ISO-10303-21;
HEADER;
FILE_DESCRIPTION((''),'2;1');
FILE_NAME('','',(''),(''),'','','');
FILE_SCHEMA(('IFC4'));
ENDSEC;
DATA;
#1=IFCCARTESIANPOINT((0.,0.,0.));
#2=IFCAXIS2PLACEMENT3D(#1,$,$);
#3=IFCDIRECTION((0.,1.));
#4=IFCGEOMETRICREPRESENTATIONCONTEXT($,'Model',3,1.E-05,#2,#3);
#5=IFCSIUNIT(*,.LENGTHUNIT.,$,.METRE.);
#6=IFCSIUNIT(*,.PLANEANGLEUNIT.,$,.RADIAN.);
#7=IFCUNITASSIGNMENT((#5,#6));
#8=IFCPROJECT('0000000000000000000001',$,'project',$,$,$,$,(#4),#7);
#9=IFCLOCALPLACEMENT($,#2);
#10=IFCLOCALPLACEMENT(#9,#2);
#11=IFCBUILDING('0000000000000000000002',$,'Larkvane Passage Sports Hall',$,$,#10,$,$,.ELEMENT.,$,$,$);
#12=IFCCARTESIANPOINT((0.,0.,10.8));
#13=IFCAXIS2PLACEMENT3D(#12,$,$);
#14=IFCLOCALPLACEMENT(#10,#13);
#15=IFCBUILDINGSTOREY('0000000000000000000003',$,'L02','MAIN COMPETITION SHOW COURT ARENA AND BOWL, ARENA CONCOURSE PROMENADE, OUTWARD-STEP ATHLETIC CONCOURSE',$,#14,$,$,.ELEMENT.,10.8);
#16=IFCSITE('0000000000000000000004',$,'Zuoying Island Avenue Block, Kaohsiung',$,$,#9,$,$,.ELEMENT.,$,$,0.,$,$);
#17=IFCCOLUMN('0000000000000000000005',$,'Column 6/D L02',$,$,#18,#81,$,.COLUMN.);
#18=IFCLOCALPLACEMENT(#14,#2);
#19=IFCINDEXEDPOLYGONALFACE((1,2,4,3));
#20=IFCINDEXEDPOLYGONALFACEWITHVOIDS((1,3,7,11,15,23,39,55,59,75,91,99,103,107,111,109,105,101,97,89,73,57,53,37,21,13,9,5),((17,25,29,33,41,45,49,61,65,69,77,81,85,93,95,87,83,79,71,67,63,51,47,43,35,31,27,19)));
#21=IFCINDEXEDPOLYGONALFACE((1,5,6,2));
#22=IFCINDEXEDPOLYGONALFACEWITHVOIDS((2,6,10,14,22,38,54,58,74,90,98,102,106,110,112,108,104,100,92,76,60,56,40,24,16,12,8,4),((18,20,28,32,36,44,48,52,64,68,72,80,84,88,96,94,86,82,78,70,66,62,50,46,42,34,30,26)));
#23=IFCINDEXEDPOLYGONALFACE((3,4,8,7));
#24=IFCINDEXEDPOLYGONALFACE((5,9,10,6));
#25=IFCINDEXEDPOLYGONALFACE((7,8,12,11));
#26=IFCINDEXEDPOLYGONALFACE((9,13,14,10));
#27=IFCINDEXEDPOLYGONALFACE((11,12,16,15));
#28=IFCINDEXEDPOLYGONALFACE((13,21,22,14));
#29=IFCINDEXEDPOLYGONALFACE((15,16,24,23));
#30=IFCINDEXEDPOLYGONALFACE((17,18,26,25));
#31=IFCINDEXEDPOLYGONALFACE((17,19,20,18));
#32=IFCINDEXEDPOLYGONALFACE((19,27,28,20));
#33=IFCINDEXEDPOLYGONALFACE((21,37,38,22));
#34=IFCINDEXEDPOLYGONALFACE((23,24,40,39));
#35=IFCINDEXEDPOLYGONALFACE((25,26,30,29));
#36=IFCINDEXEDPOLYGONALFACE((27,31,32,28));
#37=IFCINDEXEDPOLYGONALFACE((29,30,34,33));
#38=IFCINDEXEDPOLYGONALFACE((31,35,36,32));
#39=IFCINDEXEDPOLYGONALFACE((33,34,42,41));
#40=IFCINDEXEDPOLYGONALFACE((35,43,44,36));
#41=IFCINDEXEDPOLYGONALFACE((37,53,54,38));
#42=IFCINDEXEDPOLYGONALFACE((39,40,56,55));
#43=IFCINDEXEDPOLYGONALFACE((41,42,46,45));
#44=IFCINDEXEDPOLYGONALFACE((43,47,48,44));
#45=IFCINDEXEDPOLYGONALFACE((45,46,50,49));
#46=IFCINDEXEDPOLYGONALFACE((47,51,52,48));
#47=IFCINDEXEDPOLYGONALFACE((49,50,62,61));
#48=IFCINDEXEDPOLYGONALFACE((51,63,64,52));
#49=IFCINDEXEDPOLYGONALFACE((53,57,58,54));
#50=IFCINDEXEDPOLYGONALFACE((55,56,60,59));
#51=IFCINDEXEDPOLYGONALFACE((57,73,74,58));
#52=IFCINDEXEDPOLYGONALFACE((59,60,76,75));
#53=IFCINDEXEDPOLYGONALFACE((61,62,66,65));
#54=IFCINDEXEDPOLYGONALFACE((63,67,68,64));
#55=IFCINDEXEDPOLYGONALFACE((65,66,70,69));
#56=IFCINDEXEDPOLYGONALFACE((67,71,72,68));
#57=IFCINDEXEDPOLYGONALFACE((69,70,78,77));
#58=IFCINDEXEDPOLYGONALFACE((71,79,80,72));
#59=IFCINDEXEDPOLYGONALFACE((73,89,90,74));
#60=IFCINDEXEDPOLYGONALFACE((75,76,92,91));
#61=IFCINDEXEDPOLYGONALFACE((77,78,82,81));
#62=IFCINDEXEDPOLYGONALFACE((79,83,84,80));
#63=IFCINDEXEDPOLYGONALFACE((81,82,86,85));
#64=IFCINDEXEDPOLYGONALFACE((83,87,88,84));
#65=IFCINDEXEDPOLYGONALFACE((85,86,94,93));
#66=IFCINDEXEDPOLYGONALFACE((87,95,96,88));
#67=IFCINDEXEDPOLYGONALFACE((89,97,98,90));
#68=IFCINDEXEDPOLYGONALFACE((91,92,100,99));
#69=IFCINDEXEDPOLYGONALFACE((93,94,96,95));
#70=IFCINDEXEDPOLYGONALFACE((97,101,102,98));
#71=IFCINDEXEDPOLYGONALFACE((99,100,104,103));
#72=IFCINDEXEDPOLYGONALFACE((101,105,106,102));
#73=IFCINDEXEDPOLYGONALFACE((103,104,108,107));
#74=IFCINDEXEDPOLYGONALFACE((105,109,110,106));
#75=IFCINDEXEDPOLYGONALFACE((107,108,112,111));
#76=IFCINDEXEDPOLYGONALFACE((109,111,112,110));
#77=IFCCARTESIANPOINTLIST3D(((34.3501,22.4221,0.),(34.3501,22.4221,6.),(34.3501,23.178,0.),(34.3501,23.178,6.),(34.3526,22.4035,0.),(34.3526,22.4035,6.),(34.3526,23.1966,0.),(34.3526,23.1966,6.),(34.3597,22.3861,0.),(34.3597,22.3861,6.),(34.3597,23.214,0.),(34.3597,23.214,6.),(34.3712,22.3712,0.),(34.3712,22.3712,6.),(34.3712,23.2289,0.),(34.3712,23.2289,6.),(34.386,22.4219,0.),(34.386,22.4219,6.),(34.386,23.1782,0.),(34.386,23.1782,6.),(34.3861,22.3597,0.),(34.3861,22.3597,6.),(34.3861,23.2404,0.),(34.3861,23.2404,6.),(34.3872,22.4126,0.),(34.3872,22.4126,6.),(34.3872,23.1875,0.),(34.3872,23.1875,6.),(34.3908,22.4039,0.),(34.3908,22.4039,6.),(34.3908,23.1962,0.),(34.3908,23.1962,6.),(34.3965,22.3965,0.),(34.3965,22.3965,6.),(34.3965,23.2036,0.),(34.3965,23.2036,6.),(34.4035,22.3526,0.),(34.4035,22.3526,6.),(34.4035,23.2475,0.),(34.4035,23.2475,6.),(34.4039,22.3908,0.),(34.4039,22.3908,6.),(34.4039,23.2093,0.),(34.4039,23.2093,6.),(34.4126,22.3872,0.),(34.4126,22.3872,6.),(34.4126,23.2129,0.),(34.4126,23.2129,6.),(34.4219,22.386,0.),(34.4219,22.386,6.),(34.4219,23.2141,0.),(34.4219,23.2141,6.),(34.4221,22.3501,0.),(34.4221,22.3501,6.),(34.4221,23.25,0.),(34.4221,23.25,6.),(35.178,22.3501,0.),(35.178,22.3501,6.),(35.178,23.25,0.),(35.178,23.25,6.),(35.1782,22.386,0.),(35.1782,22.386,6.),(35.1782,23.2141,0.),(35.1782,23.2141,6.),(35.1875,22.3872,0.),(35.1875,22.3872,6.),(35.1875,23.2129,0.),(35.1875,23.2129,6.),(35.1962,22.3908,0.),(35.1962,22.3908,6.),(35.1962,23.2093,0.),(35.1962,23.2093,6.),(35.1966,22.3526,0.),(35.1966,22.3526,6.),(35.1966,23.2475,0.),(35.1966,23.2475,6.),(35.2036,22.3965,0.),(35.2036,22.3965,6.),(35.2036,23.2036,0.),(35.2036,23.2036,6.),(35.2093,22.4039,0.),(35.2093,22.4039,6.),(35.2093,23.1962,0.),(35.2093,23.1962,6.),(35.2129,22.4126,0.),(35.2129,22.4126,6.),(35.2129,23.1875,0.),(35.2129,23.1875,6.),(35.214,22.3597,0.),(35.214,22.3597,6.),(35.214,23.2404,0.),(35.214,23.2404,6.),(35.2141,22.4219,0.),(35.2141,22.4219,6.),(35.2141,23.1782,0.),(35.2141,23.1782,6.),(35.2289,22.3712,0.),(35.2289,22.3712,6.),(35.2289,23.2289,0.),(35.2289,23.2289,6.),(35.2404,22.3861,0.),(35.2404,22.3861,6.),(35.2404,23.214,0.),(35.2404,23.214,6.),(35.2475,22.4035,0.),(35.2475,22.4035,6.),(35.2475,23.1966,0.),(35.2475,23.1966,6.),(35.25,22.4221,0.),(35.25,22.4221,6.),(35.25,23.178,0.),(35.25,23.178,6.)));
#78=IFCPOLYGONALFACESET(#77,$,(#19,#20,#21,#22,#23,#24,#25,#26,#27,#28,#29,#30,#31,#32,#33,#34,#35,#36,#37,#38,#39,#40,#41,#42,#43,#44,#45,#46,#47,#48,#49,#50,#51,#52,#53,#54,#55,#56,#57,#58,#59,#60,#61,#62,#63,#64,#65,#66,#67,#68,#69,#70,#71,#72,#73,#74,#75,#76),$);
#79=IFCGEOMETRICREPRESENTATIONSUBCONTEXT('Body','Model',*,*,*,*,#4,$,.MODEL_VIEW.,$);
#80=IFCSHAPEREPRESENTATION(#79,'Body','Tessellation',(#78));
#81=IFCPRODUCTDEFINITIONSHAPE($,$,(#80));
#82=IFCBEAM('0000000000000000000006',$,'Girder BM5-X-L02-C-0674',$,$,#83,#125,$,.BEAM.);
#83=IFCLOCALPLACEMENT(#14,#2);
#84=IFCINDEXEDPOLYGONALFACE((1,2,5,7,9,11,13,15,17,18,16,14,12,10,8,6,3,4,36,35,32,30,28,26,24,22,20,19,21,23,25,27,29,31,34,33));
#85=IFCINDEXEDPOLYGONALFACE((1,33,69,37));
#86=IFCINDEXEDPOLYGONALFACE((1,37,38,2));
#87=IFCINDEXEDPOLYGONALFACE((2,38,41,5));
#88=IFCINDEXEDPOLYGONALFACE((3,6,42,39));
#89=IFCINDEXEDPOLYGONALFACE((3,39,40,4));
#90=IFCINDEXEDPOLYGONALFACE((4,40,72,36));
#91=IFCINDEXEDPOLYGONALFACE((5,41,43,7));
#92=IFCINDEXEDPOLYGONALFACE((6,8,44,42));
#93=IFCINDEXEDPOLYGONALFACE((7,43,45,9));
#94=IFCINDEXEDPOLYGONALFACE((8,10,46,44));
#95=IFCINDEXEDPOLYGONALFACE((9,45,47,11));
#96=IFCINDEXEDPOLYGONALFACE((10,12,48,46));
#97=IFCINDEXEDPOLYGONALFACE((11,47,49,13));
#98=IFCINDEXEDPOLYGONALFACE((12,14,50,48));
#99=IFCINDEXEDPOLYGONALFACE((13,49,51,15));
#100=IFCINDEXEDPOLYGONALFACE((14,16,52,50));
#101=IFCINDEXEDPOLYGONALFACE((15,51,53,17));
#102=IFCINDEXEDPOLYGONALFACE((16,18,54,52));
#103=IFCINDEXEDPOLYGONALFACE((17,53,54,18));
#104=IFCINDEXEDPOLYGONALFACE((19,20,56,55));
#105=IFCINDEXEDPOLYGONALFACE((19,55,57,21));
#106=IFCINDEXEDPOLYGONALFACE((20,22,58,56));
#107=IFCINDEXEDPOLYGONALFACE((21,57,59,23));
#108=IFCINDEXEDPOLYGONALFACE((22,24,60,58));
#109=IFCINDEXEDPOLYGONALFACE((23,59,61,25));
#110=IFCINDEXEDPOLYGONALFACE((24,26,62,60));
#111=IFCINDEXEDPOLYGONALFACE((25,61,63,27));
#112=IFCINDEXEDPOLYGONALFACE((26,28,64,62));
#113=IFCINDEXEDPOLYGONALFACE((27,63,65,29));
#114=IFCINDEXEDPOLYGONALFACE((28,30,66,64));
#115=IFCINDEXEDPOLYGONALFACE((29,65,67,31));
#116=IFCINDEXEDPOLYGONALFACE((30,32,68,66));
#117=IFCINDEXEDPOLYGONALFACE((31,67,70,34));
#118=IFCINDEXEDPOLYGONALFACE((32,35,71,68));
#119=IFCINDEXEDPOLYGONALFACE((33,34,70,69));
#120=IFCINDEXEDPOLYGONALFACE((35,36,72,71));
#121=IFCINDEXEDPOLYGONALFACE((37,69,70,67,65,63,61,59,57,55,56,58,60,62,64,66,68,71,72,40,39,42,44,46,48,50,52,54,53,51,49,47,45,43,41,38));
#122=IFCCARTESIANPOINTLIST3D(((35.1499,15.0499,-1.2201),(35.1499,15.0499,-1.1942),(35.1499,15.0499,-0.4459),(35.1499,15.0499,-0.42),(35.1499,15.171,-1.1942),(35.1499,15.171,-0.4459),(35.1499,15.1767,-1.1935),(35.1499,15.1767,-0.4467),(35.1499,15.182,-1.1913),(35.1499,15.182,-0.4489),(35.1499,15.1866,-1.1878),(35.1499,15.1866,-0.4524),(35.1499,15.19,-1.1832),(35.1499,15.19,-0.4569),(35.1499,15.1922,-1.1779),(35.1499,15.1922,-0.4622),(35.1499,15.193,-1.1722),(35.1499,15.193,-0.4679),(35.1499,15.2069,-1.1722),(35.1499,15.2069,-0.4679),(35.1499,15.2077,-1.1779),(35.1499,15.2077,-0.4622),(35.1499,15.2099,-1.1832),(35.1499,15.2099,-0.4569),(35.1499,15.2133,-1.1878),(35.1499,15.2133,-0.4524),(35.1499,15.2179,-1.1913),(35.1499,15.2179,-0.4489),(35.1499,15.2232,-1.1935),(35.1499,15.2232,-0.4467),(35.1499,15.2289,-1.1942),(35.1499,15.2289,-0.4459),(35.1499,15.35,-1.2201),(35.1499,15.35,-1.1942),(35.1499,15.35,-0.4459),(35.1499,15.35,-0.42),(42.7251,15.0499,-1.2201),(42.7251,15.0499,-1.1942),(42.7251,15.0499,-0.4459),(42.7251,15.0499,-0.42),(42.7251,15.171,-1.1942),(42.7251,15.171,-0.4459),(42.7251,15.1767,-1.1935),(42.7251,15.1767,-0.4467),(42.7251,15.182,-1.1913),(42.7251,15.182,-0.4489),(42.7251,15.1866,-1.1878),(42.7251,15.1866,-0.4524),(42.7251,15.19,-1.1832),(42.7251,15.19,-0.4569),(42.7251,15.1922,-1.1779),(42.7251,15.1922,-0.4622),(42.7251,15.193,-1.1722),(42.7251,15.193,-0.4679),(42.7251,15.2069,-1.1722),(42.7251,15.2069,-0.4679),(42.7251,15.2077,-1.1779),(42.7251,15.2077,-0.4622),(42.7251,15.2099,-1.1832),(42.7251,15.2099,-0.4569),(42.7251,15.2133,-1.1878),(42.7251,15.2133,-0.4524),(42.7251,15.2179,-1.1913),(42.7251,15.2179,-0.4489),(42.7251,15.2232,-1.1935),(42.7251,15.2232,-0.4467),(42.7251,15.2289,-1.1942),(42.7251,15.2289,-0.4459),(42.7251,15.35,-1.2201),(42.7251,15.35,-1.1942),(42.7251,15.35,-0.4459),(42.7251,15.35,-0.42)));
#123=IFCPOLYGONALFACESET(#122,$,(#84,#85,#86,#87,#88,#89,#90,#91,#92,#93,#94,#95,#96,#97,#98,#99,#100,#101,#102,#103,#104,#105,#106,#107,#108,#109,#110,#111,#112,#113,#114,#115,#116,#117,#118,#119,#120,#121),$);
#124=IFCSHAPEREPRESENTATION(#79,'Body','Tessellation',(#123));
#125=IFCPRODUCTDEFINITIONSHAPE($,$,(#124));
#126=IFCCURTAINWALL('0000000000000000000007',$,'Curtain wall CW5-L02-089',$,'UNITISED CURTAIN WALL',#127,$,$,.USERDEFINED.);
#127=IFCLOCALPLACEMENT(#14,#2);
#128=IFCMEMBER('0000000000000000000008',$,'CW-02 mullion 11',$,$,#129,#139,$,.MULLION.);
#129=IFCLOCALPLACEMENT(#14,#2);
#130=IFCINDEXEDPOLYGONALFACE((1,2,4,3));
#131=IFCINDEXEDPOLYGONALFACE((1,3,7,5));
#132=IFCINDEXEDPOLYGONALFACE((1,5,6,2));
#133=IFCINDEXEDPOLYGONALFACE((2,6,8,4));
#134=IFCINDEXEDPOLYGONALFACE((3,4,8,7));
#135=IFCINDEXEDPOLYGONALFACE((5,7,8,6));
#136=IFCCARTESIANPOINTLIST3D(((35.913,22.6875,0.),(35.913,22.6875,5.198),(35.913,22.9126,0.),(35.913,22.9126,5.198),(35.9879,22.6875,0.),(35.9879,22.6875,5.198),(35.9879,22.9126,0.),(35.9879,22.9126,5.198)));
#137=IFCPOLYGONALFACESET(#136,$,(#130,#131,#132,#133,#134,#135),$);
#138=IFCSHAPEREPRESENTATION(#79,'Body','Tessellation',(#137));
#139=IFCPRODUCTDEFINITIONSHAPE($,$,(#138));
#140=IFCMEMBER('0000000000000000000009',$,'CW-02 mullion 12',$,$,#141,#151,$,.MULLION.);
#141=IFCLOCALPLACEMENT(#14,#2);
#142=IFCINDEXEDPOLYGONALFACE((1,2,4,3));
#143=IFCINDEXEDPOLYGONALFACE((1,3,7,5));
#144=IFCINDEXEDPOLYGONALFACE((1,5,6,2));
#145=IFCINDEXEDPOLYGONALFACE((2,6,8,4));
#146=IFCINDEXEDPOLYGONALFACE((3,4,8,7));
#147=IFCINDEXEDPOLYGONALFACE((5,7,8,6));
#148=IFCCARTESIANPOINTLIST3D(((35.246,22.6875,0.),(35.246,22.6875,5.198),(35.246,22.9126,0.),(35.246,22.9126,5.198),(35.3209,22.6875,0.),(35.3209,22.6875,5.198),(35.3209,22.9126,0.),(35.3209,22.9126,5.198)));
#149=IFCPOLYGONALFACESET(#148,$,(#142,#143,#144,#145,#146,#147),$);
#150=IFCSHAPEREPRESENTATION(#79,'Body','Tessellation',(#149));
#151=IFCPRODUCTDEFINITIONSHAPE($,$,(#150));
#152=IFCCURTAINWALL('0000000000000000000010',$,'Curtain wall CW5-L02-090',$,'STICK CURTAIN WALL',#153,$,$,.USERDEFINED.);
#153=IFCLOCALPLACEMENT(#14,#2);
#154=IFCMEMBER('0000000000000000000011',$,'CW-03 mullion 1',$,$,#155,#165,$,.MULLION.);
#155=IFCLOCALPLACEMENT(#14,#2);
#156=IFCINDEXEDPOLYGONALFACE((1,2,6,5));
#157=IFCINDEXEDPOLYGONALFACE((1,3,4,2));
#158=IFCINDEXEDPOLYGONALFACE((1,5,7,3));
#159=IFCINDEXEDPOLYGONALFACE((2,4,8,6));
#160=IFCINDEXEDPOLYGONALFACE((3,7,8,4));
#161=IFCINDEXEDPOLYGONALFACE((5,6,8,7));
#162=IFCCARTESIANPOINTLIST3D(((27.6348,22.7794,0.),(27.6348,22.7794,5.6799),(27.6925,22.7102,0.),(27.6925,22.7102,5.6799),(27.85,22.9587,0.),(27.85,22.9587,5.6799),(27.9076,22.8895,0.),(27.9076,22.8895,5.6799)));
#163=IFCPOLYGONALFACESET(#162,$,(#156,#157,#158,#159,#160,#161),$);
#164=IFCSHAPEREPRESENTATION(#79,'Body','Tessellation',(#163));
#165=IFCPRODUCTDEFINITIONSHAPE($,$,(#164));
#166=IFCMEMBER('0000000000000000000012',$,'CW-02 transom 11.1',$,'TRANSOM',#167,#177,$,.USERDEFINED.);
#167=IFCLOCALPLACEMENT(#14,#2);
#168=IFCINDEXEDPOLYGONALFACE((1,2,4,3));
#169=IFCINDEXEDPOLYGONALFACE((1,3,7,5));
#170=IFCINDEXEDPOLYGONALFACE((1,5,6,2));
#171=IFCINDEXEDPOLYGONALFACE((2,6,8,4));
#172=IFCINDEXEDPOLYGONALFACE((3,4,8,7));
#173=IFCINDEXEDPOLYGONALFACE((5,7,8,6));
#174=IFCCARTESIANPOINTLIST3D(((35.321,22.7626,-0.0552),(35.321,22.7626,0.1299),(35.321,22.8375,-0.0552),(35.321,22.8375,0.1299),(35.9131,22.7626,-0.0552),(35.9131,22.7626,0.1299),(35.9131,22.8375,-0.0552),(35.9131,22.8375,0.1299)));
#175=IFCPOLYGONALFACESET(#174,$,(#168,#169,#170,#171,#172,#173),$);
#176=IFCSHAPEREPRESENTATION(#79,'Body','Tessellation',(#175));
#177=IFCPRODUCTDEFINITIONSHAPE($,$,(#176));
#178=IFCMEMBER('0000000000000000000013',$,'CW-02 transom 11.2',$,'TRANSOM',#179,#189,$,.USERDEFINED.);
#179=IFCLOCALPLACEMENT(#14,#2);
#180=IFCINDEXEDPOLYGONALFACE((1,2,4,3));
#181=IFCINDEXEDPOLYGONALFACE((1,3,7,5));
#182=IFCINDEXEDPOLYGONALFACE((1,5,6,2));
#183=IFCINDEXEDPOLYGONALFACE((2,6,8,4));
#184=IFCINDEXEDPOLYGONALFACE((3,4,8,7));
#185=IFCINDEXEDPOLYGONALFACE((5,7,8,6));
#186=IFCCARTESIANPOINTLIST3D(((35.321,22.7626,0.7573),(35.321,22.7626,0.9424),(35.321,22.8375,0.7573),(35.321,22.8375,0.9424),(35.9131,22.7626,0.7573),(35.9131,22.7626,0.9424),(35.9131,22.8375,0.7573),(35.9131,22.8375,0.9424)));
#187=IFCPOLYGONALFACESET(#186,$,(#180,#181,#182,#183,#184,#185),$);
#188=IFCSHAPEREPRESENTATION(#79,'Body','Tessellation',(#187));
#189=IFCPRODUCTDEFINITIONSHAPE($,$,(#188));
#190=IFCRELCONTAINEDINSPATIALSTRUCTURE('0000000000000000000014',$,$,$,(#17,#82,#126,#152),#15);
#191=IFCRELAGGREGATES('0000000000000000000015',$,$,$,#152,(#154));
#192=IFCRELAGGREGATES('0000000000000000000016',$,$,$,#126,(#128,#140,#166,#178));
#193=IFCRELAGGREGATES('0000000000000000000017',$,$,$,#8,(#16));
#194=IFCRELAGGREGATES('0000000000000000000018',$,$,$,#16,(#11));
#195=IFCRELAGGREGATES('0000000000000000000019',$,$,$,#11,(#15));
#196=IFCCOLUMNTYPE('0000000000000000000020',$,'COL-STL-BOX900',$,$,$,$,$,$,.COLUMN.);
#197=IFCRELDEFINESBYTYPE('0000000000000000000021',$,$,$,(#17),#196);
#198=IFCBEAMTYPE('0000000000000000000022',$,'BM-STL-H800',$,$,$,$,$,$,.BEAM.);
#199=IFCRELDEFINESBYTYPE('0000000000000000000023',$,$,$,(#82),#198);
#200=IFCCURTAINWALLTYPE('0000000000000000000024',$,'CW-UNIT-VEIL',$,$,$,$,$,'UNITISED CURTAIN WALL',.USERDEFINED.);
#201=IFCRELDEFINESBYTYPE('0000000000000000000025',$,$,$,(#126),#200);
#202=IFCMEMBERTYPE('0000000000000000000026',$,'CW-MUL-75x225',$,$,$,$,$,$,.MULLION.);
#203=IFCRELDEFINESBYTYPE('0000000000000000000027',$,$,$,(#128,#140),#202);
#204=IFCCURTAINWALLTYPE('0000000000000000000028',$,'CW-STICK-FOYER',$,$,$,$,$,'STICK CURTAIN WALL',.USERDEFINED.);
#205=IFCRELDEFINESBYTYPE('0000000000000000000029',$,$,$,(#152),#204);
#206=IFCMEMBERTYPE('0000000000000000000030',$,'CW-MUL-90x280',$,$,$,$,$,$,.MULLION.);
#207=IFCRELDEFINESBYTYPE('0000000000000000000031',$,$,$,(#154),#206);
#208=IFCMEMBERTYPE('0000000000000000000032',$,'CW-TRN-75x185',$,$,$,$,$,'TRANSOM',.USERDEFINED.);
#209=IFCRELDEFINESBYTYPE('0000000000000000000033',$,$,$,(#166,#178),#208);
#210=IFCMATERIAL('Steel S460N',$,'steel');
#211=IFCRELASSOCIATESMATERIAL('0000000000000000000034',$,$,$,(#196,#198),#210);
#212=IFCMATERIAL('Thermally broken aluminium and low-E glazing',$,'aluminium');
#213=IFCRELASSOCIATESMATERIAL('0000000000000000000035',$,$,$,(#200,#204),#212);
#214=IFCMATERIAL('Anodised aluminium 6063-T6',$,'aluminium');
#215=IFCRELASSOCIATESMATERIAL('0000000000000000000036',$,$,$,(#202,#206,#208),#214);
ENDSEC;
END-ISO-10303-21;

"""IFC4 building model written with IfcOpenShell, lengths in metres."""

from ifc_helpers import new_model, si_unit, direction, frame, origin, origin_2d, place, context, subcontext, project, spatial, rectangle, hollow_rectangle, i_section, extrude, material, material_profile, profile_set, type_object, element, aggregate, save


model = new_model("IFC4")

# Units and contexts
model_context = context("Model", 3, precision=1e-05, world=origin(), true_north=direction((0.0, 1.0)))
body_context = subcontext(model_context, "Body", "Model", "MODEL_VIEW")
ifc_project = project(units=[si_unit("LENGTHUNIT", "METRE"), si_unit("PLANEANGLEUNIT", "RADIAN")], contexts=[model_context])

# Site, building, storey
site_placement = place(None, origin())
site = spatial("IfcSite", under=ifc_project, at=site_placement, Name="Zuoying Island Avenue Block, Kaohsiung", CompositionType="ELEMENT", RefElevation=0.0)
building_placement = place(site_placement, origin())
building = spatial("IfcBuilding", under=site, at=building_placement, Name="Larkvane Passage Sports Hall", CompositionType="ELEMENT")
storey_placement = place(building_placement, frame((0.0, 0.0, 10.8)))
storey = spatial("IfcBuildingStorey", under=building, at=storey_placement, Name="L02", Description="MAIN COMPETITION SHOW COURT ARENA AND BOWL, ARENA CONCOURSE PROMENADE, OUTWARD-STEP ATHLETIC CONCOURSE", CompositionType="ELEMENT", Elevation=10.8)

# Column
ifc_material_1 = material(Name="Steel S460N", Category="steel")
ifc_material_profile_1 = material_profile(ifc_material_1, hollow_rectangle(XDim=0.8999, YDim=0.8999, WallThickness=0.0359, InnerFilletRadius=0.0359, OuterFilletRadius=0.072, at=origin_2d()), Name="BOX-900x900x36")
ifc_profile_set_1 = profile_set([ifc_material_profile_1], Name="Steel S460N")
column_type = type_object("IfcColumnType", Name="COL-STL-BOX900", PredefinedType="COLUMN", material=ifc_profile_set_1)
column_placement = place(storey_placement, frame((34.8, 22.8, 0.0), z_axis=(0.0, 0.0, 1.0), x_axis=(1.0, 0.0, 0.0)))
element("IfcColumn", 1, at=column_placement, inside=storey, type_object=column_type, Name="Column 6/D L02", PredefinedType="COLUMN", context=body_context, shape_type="SweptSolid", body=[
    extrude(hollow_rectangle(XDim=0.8999, YDim=0.8999, WallThickness=0.0359, InnerFilletRadius=0.0359, OuterFilletRadius=0.072, at=origin_2d()), origin(), (0.0, 0.0, 1.0), 6.0),
])

# Beam
ifc_material_profile_2 = material_profile(ifc_material_1, i_section(OverallWidth=0.3, OverallDepth=0.8, WebThickness=0.0139, FlangeThickness=0.0259, FilletRadius=0.022, at=origin_2d()), Name="H-800x300x14x26")
ifc_profile_set_2 = profile_set([ifc_material_profile_2], Name="Steel S460N")
beam_type_1 = type_object("IfcBeamType", Name="BM-STL-H800", PredefinedType="BEAM", material=ifc_profile_set_2)
beam_1_placement = place(storey_placement, frame((35.1499, 15.2, -0.8201), z_axis=(1.0, 0.0, 0.0), x_axis=(0.0, 1.0, 0.0)))
element("IfcBeam", 2, at=beam_1_placement, inside=storey, type_object=beam_type_1, Name="Girder BM5-X-L02-C-0674", PredefinedType="BEAM", context=body_context, shape_type="SweptSolid", body=[
    extrude(i_section(OverallWidth=0.3, OverallDepth=0.8, WebThickness=0.0139, FlangeThickness=0.0259, FilletRadius=0.022, at=origin_2d()), origin(), (0.0, 0.0, 1.0), 7.5752),
])

# Curtain wall, members
ifc_material_2 = material(Name="Thermally broken aluminium and low-E glazing", Category="aluminium")
curtain_wall_type_1 = type_object("IfcCurtainWallType", Name="CW-UNIT-VEIL", ElementType="UNITISED CURTAIN WALL", PredefinedType="USERDEFINED", material=ifc_material_2)
curtain_wall_1_placement = place(storey_placement, origin())
curtain_wall_1 = element("IfcCurtainWall", 3, at=curtain_wall_1_placement, inside=storey, type_object=curtain_wall_type_1, Name="Curtain wall CW5-L02-089", ObjectType="UNITISED CURTAIN WALL", PredefinedType="USERDEFINED")
ifc_material_3 = material(Name="Anodised aluminium 6063-T6", Category="aluminium")
ifc_material_profile_3 = material_profile(ifc_material_3, rectangle(XDim=0.075, YDim=0.2251, at=origin_2d()), Name="ALU-MUL-75x225")
ifc_profile_set_3 = profile_set([ifc_material_profile_3], Name="Anodised aluminium 6063-T6")
member_type_1 = type_object("IfcMemberType", Name="CW-MUL-75x225", PredefinedType="MULLION", material=ifc_profile_set_3)
member_1_placement = place(storey_placement, frame((35.9504, 22.8, 0.0), z_axis=(0.0, 0.0, 1.0), x_axis=(-1.0, 0.0, 0.0)))
member_1 = element("IfcMember", 4, at=member_1_placement, type_object=member_type_1, Name="CW-02 mullion 11", PredefinedType="MULLION", context=body_context, shape_type="SweptSolid", body=[
    extrude(rectangle(XDim=0.075, YDim=0.2251, at=origin_2d()), origin(), (0.0, 0.0, 1.0), 5.198),
])
member_2_placement = place(storey_placement, frame((35.2834, 22.8, 0.0), z_axis=(0.0, 0.0, 1.0), x_axis=(-1.0, 0.0, 0.0)))
member_2 = element("IfcMember", 5, at=member_2_placement, type_object=member_type_1, Name="CW-02 mullion 12", PredefinedType="MULLION", context=body_context, shape_type="SweptSolid", body=[
    extrude(rectangle(XDim=0.075, YDim=0.2251, at=origin_2d()), origin(), (0.0, 0.0, 1.0), 5.198),
])

# Curtain wall, member
curtain_wall_type_2 = type_object("IfcCurtainWallType", Name="CW-STICK-FOYER", ElementType="STICK CURTAIN WALL", PredefinedType="USERDEFINED", material=ifc_material_2)
curtain_wall_2_placement = place(storey_placement, origin())
curtain_wall_2 = element("IfcCurtainWall", 6, at=curtain_wall_2_placement, inside=storey, type_object=curtain_wall_type_2, Name="Curtain wall CW5-L02-090", ObjectType="STICK CURTAIN WALL", PredefinedType="USERDEFINED")
ifc_material_profile_4 = material_profile(ifc_material_3, rectangle(XDim=0.0901, YDim=0.28, at=origin_2d()), Name="ALU-MUL-90x280")
ifc_profile_set_4 = profile_set([ifc_material_profile_4], Name="Anodised aluminium 6063-T6")
member_type_2 = type_object("IfcMemberType", Name="CW-MUL-90x280", PredefinedType="MULLION", material=ifc_profile_set_4)
member_3_placement = place(storey_placement, frame((27.7712, 22.8345, 0.0), z_axis=(0.0, 0.0, 1.0), x_axis=(-0.640184, 0.768221, 0.0)))
member_3 = element("IfcMember", 7, at=member_3_placement, type_object=member_type_2, Name="CW-03 mullion 1", PredefinedType="MULLION", context=body_context, shape_type="SweptSolid", body=[
    extrude(rectangle(XDim=0.0901, YDim=0.28, at=origin_2d()), origin(), (0.0, 0.0, 1.0), 5.6799),
])

# Members
ifc_material_profile_5 = material_profile(ifc_material_3, rectangle(XDim=0.075, YDim=0.1851, at=origin_2d()), Name="ALU-TRN-75x185")
ifc_profile_set_5 = profile_set([ifc_material_profile_5], Name="Anodised aluminium 6063-T6")
member_type_3 = type_object("IfcMemberType", Name="CW-TRN-75x185", ElementType="TRANSOM", PredefinedType="USERDEFINED", material=ifc_profile_set_5)
member_4_placement = place(storey_placement, frame((35.9131, 22.8, 0.0374), z_axis=(-1.0, 0.0, 0.0), x_axis=(0.0, -1.0, 0.0)))
member_4 = element("IfcMember", 8, at=member_4_placement, type_object=member_type_3, Name="CW-02 transom 11.1", ObjectType="TRANSOM", PredefinedType="USERDEFINED", context=body_context, shape_type="SweptSolid", body=[
    extrude(rectangle(XDim=0.075, YDim=0.1851, at=origin_2d()), origin(), (0.0, 0.0, 1.0), 0.592),
])
member_5_placement = place(storey_placement, frame((35.9131, 22.8, 0.8499), z_axis=(-1.0, 0.0, 0.0), x_axis=(0.0, -1.0, 0.0)))
member_5 = element("IfcMember", 9, at=member_5_placement, type_object=member_type_3, Name="CW-02 transom 11.2", ObjectType="TRANSOM", PredefinedType="USERDEFINED", context=body_context, shape_type="SweptSolid", body=[
    extrude(rectangle(XDim=0.075, YDim=0.1851, at=origin_2d()), origin(), (0.0, 0.0, 1.0), 0.592),
])
aggregate(curtain_wall_2, [member_3])

aggregate(curtain_wall_1, [member_1, member_2, member_4, member_5])

save(model, "model.ifc")
